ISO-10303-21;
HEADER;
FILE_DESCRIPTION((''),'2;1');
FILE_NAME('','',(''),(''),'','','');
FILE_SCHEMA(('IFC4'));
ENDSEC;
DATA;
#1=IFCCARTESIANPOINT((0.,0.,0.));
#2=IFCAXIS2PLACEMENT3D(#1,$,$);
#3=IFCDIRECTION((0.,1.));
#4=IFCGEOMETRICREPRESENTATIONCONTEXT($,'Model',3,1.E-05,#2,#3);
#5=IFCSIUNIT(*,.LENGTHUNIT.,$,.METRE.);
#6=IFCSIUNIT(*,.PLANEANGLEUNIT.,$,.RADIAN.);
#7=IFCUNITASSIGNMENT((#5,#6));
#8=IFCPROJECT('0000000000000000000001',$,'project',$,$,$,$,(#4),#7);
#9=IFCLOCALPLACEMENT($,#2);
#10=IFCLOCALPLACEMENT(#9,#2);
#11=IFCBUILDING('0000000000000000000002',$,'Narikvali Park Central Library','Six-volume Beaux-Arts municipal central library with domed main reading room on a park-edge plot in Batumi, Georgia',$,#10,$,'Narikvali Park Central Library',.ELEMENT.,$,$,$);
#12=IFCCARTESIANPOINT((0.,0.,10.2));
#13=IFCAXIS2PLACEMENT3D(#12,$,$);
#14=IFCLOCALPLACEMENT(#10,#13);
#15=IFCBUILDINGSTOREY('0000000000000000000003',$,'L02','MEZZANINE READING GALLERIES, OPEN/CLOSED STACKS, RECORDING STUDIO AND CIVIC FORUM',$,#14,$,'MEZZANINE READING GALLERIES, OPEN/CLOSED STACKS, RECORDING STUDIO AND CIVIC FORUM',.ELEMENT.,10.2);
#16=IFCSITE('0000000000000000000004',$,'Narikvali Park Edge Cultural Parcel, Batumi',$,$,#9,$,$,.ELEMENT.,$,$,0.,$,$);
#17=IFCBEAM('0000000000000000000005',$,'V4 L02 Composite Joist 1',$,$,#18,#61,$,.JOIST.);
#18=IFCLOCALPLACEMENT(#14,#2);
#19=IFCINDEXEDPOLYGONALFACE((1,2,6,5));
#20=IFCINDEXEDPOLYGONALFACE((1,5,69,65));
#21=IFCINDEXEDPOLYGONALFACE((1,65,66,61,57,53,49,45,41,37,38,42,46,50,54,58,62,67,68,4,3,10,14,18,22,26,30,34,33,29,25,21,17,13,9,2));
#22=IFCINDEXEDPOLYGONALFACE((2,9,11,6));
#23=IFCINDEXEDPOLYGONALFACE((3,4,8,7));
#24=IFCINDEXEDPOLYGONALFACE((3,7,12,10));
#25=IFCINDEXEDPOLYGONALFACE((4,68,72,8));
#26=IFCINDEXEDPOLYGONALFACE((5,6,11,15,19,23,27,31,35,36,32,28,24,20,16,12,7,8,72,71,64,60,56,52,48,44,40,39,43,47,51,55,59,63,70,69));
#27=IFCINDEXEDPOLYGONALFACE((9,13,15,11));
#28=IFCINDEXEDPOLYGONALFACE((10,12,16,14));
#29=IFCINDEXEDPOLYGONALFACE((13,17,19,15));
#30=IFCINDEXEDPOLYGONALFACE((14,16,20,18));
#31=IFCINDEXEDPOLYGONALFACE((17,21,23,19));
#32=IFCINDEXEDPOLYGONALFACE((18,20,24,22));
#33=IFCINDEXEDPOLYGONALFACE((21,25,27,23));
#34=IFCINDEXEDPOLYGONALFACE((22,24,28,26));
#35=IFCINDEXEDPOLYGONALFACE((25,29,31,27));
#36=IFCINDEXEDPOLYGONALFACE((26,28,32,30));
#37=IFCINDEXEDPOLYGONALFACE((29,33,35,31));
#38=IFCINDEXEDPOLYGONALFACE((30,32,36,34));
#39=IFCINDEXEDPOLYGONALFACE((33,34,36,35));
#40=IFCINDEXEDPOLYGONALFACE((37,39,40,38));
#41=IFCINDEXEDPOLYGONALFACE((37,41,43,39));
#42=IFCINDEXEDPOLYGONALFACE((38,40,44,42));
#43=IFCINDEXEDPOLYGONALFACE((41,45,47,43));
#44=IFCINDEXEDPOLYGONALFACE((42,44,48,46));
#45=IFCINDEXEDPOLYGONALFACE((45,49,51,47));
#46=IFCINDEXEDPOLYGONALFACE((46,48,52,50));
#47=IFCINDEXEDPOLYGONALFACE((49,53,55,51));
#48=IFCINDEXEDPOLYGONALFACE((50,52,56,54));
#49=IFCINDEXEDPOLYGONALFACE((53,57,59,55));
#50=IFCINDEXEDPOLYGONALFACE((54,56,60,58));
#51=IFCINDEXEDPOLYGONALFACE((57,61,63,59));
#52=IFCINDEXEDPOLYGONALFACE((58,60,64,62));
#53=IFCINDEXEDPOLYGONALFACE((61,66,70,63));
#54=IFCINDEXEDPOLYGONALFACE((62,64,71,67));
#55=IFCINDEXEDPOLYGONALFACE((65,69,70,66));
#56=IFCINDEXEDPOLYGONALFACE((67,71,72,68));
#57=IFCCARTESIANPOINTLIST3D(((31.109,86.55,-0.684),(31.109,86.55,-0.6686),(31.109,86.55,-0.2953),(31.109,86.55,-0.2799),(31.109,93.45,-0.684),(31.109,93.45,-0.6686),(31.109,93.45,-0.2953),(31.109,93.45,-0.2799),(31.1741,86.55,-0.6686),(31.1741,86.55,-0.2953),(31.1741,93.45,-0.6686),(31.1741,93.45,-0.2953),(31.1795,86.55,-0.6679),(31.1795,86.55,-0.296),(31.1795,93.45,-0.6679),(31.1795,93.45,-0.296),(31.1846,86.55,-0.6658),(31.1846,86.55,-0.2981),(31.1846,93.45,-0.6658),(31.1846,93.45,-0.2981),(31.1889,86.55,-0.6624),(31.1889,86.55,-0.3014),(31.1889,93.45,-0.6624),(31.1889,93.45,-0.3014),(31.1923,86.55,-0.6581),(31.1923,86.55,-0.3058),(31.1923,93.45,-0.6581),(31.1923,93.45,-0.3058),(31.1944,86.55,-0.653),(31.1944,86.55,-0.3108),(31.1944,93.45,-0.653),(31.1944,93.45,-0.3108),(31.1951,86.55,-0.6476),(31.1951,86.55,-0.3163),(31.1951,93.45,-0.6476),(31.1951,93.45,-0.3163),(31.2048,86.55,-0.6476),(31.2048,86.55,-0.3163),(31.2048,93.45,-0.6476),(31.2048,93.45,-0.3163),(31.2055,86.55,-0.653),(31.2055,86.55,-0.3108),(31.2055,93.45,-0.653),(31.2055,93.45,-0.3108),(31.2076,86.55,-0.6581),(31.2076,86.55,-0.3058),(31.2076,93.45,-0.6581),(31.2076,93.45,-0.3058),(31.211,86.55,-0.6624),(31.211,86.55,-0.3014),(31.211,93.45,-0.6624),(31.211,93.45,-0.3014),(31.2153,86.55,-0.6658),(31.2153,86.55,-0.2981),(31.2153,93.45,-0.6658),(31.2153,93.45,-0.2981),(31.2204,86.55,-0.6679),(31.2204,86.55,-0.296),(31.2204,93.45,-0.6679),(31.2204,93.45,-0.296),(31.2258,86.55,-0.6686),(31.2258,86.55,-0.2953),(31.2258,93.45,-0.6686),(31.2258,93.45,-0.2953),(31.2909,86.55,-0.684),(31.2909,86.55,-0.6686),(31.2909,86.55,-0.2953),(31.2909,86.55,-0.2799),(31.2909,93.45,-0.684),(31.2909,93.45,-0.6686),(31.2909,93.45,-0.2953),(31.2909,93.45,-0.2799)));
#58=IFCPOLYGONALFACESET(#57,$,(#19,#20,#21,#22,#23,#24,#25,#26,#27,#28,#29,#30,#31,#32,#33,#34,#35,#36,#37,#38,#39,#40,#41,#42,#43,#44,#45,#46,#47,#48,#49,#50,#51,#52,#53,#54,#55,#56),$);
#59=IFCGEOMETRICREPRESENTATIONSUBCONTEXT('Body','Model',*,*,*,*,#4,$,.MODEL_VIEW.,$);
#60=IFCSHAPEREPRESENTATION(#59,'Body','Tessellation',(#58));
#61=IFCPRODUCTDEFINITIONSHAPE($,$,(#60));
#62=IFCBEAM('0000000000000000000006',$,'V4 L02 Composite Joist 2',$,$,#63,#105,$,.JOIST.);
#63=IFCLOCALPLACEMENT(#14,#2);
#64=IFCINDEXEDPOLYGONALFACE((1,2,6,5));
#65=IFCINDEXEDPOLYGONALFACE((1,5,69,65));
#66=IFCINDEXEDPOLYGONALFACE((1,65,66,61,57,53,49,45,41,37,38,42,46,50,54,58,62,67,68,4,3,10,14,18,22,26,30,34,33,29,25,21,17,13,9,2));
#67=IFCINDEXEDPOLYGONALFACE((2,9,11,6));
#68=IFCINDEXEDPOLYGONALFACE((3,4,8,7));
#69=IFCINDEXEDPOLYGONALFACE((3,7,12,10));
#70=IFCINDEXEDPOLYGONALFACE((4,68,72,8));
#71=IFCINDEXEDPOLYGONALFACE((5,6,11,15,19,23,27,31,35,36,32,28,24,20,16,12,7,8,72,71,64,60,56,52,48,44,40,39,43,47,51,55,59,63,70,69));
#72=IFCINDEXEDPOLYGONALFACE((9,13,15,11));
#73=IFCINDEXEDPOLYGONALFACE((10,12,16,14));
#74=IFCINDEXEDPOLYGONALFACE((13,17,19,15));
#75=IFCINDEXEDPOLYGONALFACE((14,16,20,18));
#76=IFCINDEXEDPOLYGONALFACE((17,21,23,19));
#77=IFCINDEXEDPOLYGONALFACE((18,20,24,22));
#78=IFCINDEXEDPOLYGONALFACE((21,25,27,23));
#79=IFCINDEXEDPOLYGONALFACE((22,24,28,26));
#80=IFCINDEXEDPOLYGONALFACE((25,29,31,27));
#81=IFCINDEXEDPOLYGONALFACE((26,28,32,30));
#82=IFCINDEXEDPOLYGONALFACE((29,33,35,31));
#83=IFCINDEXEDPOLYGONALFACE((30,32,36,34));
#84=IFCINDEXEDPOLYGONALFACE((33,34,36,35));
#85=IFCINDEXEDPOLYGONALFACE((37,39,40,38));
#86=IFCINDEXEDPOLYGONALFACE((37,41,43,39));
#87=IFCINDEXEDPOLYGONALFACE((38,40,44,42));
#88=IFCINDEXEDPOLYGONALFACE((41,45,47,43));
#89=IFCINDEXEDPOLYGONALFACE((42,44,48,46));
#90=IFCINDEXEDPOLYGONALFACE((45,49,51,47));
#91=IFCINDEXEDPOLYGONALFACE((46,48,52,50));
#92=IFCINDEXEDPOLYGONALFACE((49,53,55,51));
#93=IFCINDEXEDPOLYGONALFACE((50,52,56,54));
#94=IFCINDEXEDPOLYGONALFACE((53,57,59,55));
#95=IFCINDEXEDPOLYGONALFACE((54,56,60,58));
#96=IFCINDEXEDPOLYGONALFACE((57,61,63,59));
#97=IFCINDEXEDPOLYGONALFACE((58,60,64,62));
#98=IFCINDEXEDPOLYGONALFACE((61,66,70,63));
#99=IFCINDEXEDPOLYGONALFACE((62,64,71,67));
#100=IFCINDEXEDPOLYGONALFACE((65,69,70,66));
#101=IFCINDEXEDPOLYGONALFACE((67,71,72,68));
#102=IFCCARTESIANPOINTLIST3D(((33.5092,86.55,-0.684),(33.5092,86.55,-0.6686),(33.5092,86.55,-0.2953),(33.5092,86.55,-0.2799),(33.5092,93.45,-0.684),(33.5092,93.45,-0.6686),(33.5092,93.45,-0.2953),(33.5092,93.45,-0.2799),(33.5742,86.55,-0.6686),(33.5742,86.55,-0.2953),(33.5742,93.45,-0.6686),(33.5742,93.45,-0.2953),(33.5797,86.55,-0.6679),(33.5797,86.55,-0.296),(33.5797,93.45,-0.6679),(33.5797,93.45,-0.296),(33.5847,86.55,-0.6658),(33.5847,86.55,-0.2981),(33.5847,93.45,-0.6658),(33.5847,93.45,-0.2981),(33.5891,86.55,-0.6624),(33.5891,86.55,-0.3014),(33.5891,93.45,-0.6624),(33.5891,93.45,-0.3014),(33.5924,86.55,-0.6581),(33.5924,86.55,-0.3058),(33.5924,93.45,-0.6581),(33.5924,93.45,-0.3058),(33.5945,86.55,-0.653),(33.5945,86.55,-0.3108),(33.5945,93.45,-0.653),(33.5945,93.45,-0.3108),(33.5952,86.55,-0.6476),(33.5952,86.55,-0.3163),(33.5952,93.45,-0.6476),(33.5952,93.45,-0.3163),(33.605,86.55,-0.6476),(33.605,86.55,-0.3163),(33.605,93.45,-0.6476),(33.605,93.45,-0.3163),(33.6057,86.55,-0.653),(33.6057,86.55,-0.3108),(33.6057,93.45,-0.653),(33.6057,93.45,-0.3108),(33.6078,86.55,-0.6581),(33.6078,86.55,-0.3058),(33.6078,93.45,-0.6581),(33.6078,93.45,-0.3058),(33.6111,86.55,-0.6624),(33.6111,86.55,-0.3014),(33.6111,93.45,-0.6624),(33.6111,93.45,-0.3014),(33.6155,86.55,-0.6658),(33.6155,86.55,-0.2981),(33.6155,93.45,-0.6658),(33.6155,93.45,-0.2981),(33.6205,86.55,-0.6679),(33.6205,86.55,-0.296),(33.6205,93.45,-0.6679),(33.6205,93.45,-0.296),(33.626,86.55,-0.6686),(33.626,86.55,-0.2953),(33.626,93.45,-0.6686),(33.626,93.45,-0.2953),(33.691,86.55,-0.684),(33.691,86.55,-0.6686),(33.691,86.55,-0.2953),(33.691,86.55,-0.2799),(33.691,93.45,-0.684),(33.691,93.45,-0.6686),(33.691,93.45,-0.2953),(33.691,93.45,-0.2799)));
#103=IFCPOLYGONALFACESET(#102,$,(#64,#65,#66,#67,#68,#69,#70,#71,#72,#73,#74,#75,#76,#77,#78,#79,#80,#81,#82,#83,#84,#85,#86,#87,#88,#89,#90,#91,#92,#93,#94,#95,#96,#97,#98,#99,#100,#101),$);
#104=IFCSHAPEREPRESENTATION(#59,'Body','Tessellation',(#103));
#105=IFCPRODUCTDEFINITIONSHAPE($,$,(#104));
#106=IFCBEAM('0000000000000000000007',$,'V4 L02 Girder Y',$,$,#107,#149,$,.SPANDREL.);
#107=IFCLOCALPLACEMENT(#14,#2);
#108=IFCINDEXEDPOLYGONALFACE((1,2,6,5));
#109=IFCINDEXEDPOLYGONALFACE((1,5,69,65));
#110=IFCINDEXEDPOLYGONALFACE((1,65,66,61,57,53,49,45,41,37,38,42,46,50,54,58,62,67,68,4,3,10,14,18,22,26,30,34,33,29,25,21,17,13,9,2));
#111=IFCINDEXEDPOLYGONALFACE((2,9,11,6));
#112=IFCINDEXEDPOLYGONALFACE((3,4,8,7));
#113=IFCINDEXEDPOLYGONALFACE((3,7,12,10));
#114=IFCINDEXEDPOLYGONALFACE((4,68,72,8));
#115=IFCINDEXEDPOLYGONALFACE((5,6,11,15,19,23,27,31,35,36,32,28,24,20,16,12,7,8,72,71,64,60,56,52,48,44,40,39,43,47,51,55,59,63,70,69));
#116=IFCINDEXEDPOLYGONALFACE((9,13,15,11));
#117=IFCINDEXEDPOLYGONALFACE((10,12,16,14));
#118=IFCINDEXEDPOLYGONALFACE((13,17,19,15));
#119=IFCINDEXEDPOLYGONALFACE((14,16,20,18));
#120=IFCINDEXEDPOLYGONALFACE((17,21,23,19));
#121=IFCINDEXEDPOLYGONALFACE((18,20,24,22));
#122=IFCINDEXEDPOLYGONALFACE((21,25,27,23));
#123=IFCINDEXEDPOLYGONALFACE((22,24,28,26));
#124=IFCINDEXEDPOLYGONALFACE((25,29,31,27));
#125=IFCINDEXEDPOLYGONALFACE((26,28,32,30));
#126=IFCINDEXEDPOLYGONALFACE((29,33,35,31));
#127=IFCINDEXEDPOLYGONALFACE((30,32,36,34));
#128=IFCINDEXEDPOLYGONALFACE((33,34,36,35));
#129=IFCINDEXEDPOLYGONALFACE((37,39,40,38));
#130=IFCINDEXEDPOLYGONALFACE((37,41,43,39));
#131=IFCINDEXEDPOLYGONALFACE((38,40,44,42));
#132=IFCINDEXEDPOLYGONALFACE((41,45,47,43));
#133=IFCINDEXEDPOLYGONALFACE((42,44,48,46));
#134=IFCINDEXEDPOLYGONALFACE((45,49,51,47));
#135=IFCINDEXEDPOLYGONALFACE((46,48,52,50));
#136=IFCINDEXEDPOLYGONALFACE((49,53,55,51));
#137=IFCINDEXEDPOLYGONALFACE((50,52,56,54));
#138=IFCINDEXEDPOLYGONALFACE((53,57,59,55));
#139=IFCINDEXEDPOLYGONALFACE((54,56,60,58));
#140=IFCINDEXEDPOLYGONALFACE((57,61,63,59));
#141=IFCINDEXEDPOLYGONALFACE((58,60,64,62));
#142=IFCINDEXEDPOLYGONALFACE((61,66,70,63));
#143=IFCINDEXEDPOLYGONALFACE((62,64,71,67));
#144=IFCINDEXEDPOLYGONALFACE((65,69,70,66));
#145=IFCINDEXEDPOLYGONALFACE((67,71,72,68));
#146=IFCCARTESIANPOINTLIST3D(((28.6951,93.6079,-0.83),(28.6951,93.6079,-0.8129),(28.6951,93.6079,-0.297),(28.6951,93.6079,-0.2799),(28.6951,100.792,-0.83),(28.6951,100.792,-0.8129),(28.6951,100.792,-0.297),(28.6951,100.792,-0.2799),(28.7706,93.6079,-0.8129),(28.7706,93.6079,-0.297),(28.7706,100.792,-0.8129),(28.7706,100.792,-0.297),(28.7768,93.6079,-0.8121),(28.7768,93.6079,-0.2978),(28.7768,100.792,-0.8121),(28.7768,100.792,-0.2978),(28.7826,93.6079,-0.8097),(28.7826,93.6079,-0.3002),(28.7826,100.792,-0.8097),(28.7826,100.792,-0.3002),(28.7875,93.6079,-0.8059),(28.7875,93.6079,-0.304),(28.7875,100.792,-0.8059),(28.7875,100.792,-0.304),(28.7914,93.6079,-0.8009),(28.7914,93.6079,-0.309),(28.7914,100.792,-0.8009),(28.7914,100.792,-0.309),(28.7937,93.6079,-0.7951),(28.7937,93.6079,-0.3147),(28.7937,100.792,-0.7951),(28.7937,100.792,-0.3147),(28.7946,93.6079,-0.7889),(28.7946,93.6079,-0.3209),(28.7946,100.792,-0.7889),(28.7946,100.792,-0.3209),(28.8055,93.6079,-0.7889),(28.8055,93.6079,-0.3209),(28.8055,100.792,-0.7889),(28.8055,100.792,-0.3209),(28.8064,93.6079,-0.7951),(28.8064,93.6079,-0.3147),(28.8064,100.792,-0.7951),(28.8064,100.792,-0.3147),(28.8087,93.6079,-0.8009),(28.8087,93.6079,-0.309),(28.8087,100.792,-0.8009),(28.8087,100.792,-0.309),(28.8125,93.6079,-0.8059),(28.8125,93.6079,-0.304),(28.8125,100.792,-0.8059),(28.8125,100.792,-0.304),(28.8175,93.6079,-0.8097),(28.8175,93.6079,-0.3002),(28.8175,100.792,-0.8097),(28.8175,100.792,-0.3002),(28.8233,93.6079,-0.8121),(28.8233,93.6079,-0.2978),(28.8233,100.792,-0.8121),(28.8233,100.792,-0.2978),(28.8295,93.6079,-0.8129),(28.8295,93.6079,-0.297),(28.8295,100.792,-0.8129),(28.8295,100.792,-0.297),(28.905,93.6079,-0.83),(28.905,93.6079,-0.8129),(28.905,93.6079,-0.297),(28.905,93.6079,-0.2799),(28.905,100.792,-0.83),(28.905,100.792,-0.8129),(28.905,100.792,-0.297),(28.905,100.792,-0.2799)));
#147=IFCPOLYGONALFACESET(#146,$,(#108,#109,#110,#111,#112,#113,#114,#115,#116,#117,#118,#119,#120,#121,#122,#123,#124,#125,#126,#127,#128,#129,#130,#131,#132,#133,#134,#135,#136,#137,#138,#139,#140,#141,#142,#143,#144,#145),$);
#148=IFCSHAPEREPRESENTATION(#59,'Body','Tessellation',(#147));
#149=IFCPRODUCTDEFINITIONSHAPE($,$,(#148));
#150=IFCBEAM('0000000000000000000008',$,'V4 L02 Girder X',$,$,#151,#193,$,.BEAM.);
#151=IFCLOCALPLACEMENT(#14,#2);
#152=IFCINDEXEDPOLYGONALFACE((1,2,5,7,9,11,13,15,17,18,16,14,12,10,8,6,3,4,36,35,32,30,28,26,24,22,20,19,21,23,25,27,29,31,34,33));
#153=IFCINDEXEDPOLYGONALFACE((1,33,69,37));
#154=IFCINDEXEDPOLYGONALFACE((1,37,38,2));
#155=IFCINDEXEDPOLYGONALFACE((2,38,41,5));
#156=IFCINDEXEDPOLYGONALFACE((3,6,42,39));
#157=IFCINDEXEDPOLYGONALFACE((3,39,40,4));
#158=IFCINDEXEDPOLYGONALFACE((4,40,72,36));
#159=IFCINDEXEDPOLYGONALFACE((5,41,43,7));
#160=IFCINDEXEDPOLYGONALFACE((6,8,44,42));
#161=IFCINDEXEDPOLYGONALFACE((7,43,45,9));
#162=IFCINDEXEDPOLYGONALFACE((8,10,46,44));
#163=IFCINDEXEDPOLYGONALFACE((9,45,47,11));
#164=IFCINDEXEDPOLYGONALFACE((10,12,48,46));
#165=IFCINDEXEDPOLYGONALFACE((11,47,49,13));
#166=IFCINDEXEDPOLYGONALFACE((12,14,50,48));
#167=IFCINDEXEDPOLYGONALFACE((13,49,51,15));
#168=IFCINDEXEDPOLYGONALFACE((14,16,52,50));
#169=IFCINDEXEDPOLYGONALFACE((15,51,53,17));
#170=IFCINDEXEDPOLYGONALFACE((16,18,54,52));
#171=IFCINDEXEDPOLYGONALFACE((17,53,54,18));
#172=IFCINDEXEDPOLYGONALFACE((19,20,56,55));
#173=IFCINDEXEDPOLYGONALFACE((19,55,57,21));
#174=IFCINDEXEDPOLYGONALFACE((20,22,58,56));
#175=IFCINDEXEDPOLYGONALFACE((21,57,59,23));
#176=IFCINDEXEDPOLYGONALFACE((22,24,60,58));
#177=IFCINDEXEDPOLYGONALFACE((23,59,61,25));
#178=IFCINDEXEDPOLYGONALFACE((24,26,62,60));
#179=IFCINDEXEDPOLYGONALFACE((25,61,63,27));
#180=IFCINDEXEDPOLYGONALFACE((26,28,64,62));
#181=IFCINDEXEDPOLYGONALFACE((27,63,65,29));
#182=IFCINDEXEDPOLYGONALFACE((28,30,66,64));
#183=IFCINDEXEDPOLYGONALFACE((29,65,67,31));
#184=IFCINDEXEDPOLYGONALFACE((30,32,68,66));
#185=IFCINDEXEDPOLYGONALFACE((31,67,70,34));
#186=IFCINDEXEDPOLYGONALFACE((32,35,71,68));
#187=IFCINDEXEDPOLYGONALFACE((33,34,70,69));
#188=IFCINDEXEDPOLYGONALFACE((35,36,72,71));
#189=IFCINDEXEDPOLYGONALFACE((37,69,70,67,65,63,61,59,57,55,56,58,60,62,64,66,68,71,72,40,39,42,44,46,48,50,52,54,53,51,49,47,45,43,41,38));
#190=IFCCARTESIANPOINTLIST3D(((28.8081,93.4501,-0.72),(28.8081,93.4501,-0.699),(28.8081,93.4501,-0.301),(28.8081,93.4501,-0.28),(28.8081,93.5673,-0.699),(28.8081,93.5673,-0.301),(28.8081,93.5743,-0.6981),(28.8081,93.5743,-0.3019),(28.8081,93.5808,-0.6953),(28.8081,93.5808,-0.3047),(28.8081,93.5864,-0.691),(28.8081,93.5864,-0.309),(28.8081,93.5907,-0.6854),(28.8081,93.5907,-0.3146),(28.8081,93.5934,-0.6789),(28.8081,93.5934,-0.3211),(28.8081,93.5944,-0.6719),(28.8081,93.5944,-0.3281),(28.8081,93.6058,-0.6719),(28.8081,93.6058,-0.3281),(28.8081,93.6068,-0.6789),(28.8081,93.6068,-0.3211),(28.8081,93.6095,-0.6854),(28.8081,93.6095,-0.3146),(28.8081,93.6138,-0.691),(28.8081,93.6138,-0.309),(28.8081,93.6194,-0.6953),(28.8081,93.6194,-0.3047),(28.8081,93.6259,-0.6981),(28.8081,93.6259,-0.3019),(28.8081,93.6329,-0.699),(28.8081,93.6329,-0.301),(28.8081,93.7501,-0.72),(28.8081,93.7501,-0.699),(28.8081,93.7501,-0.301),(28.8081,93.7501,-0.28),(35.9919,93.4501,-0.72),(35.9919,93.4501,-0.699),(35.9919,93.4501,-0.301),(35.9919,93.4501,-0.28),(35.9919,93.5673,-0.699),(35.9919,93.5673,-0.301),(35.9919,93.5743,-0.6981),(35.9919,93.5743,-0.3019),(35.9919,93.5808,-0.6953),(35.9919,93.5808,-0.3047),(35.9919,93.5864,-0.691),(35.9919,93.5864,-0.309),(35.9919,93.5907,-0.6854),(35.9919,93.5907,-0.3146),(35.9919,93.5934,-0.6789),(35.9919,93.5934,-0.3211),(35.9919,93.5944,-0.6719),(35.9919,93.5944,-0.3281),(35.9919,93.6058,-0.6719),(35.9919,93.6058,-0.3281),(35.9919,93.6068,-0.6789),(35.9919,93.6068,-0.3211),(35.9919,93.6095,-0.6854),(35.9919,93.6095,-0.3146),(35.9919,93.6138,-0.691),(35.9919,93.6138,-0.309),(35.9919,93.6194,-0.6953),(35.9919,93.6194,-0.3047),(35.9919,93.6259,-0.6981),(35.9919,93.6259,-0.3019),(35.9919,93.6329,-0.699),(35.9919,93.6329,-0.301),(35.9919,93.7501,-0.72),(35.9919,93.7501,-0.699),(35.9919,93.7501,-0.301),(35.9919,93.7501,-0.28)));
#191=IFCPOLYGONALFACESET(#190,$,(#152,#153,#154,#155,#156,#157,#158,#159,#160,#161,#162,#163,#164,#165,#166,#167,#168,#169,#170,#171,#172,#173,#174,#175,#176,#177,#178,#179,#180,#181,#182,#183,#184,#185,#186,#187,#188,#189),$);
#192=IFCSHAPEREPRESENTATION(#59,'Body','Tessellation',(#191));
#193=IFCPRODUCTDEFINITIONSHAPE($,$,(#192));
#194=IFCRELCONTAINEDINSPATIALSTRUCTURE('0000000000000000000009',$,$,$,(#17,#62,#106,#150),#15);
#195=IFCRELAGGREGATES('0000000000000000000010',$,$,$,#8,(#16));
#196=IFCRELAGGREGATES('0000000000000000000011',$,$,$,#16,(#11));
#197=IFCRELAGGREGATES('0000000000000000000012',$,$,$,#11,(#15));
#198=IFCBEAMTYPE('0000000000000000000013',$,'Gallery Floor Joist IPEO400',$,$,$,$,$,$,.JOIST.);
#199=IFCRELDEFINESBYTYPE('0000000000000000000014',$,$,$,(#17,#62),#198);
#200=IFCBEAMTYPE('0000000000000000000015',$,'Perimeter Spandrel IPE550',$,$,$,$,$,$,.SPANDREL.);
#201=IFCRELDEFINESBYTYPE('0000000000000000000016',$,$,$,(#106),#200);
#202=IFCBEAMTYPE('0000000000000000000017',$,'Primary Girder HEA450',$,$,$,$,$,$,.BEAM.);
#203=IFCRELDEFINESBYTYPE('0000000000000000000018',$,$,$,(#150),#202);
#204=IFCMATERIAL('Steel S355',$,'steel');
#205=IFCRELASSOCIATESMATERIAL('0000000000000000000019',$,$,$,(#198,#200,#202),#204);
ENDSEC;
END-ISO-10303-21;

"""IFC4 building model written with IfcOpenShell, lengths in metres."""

from ifc_helpers import new_model, si_unit, direction, frame, origin, origin_2d, place, context, subcontext, project, spatial, i_section, extrude, material, material_profile, profile_set, type_object, element, save


model = new_model("IFC4")

# Units and contexts
model_context = context("Model", 3, precision=1e-05, world=origin(), true_north=direction((0.0, 1.0)))
body_context = subcontext(model_context, "Body", "Model", "MODEL_VIEW")
ifc_project = project(units=[si_unit("LENGTHUNIT", "METRE"), si_unit("PLANEANGLEUNIT", "RADIAN")], contexts=[model_context])

# Site, building, storey
site_placement = place(None, origin())
site = spatial("IfcSite", under=ifc_project, at=site_placement, Name="Narikvali Park Edge Cultural Parcel, Batumi", CompositionType="ELEMENT", RefElevation=0.0)
building_placement = place(site_placement, origin())
building = spatial("IfcBuilding", under=site, at=building_placement, Name="Narikvali Park Central Library", Description="Six-volume Beaux-Arts municipal central library with domed main reading room on a park-edge plot in Batumi, Georgia", LongName="Narikvali Park Central Library", CompositionType="ELEMENT")
storey_placement = place(building_placement, frame((0.0, 0.0, 10.2)))
storey = spatial("IfcBuildingStorey", under=building, at=storey_placement, Name="L02", Description="MEZZANINE READING GALLERIES, OPEN/CLOSED STACKS, RECORDING STUDIO AND CIVIC FORUM", LongName="MEZZANINE READING GALLERIES, OPEN/CLOSED STACKS, RECORDING STUDIO AND CIVIC FORUM", CompositionType="ELEMENT", Elevation=10.2)

# Shared definitions
ifc_material_1 = material(Name="Steel S355", Category="steel")

# Beams
ifc_material_profile_1 = material_profile(ifc_material_1, i_section(OverallWidth=0.1819, OverallDepth=0.4041, WebThickness=0.0098, FlangeThickness=0.0154, FilletRadius=0.021, at=origin_2d()), Name="IPEO 400")
ifc_profile_set_1 = profile_set([ifc_material_profile_1], Name="Steel S355")
beam_type_1 = type_object("IfcBeamType", Name="Gallery Floor Joist IPEO400", PredefinedType="JOIST", material=ifc_profile_set_1)
for number, where, z_axis, x_axis, name in (
    (1, (31.2, 86.55, -0.4819), (0.0, 1.0, 0.0), (-1.0, 0.0, 0.0), "V4 L02 Composite Joist 1"),
    (2, (33.6001, 86.55, -0.4819), (0.0, 1.0, 0.0), (-1.0, 0.0, 0.0), "V4 L02 Composite Joist 2"),
):
    element("IfcBeam", number, at=place(storey_placement, frame(where, z_axis=z_axis, x_axis=x_axis)), inside=storey, type_object=beam_type_1, Name=name, PredefinedType="JOIST", context=body_context, shape_type="SweptSolid", body=[
        extrude(i_section(OverallWidth=0.1819, OverallDepth=0.4041, WebThickness=0.0098, FlangeThickness=0.0154, FilletRadius=0.021, at=origin_2d()), origin(), (0.0, 0.0, 1.0), 6.8999),
    ])
ifc_material_profile_2 = material_profile(ifc_material_1, i_section(OverallWidth=0.21, OverallDepth=0.55, WebThickness=0.011, FlangeThickness=0.0171, FilletRadius=0.0239, at=origin_2d()), Name="IPE 550")
ifc_profile_set_2 = profile_set([ifc_material_profile_2], Name="Steel S355")
beam_type_2 = type_object("IfcBeamType", Name="Perimeter Spandrel IPE550", PredefinedType="SPANDREL", material=ifc_profile_set_2)
beam_placement = place(storey_placement, frame((28.8, 93.6079, -0.5549), z_axis=(0.0, 1.0, 0.0), x_axis=(-1.0, 0.0, 0.0)))
element("IfcBeam", 3, at=beam_placement, inside=storey, type_object=beam_type_2, Name="V4 L02 Girder Y", PredefinedType="SPANDREL", context=body_context, shape_type="SweptSolid", body=[
    extrude(i_section(OverallWidth=0.21, OverallDepth=0.55, WebThickness=0.011, FlangeThickness=0.0171, FilletRadius=0.0239, at=origin_2d()), origin(), (0.0, 0.0, 1.0), 7.1841),
])
ifc_material_profile_3 = material_profile(ifc_material_1, i_section(OverallWidth=0.3, OverallDepth=0.4399, WebThickness=0.0115, FlangeThickness=0.021, FilletRadius=0.0271, at=origin_2d()), Name="HEA 450")
ifc_profile_set_3 = profile_set([ifc_material_profile_3], Name="Steel S355")
beam_type_3 = type_object("IfcBeamType", Name="Primary Girder HEA450", PredefinedType="BEAM", material=ifc_profile_set_3)
for number, where, z_axis, x_axis, name in (
    (4, (28.8081, 93.6001, -0.5), (1.0, 0.0, 0.0), (0.0, 1.0, 0.0), "V4 L02 Girder X"),
):
    element("IfcBeam", number, at=place(storey_placement, frame(where, z_axis=z_axis, x_axis=x_axis)), inside=storey, type_object=beam_type_3, Name=name, PredefinedType="BEAM", context=body_context, shape_type="SweptSolid", body=[
        extrude(i_section(OverallWidth=0.3, OverallDepth=0.4399, WebThickness=0.0115, FlangeThickness=0.021, FilletRadius=0.0271, at=origin_2d()), origin(), (0.0, 0.0, 1.0), 7.1838),
    ])

save(model, "model.ifc")
